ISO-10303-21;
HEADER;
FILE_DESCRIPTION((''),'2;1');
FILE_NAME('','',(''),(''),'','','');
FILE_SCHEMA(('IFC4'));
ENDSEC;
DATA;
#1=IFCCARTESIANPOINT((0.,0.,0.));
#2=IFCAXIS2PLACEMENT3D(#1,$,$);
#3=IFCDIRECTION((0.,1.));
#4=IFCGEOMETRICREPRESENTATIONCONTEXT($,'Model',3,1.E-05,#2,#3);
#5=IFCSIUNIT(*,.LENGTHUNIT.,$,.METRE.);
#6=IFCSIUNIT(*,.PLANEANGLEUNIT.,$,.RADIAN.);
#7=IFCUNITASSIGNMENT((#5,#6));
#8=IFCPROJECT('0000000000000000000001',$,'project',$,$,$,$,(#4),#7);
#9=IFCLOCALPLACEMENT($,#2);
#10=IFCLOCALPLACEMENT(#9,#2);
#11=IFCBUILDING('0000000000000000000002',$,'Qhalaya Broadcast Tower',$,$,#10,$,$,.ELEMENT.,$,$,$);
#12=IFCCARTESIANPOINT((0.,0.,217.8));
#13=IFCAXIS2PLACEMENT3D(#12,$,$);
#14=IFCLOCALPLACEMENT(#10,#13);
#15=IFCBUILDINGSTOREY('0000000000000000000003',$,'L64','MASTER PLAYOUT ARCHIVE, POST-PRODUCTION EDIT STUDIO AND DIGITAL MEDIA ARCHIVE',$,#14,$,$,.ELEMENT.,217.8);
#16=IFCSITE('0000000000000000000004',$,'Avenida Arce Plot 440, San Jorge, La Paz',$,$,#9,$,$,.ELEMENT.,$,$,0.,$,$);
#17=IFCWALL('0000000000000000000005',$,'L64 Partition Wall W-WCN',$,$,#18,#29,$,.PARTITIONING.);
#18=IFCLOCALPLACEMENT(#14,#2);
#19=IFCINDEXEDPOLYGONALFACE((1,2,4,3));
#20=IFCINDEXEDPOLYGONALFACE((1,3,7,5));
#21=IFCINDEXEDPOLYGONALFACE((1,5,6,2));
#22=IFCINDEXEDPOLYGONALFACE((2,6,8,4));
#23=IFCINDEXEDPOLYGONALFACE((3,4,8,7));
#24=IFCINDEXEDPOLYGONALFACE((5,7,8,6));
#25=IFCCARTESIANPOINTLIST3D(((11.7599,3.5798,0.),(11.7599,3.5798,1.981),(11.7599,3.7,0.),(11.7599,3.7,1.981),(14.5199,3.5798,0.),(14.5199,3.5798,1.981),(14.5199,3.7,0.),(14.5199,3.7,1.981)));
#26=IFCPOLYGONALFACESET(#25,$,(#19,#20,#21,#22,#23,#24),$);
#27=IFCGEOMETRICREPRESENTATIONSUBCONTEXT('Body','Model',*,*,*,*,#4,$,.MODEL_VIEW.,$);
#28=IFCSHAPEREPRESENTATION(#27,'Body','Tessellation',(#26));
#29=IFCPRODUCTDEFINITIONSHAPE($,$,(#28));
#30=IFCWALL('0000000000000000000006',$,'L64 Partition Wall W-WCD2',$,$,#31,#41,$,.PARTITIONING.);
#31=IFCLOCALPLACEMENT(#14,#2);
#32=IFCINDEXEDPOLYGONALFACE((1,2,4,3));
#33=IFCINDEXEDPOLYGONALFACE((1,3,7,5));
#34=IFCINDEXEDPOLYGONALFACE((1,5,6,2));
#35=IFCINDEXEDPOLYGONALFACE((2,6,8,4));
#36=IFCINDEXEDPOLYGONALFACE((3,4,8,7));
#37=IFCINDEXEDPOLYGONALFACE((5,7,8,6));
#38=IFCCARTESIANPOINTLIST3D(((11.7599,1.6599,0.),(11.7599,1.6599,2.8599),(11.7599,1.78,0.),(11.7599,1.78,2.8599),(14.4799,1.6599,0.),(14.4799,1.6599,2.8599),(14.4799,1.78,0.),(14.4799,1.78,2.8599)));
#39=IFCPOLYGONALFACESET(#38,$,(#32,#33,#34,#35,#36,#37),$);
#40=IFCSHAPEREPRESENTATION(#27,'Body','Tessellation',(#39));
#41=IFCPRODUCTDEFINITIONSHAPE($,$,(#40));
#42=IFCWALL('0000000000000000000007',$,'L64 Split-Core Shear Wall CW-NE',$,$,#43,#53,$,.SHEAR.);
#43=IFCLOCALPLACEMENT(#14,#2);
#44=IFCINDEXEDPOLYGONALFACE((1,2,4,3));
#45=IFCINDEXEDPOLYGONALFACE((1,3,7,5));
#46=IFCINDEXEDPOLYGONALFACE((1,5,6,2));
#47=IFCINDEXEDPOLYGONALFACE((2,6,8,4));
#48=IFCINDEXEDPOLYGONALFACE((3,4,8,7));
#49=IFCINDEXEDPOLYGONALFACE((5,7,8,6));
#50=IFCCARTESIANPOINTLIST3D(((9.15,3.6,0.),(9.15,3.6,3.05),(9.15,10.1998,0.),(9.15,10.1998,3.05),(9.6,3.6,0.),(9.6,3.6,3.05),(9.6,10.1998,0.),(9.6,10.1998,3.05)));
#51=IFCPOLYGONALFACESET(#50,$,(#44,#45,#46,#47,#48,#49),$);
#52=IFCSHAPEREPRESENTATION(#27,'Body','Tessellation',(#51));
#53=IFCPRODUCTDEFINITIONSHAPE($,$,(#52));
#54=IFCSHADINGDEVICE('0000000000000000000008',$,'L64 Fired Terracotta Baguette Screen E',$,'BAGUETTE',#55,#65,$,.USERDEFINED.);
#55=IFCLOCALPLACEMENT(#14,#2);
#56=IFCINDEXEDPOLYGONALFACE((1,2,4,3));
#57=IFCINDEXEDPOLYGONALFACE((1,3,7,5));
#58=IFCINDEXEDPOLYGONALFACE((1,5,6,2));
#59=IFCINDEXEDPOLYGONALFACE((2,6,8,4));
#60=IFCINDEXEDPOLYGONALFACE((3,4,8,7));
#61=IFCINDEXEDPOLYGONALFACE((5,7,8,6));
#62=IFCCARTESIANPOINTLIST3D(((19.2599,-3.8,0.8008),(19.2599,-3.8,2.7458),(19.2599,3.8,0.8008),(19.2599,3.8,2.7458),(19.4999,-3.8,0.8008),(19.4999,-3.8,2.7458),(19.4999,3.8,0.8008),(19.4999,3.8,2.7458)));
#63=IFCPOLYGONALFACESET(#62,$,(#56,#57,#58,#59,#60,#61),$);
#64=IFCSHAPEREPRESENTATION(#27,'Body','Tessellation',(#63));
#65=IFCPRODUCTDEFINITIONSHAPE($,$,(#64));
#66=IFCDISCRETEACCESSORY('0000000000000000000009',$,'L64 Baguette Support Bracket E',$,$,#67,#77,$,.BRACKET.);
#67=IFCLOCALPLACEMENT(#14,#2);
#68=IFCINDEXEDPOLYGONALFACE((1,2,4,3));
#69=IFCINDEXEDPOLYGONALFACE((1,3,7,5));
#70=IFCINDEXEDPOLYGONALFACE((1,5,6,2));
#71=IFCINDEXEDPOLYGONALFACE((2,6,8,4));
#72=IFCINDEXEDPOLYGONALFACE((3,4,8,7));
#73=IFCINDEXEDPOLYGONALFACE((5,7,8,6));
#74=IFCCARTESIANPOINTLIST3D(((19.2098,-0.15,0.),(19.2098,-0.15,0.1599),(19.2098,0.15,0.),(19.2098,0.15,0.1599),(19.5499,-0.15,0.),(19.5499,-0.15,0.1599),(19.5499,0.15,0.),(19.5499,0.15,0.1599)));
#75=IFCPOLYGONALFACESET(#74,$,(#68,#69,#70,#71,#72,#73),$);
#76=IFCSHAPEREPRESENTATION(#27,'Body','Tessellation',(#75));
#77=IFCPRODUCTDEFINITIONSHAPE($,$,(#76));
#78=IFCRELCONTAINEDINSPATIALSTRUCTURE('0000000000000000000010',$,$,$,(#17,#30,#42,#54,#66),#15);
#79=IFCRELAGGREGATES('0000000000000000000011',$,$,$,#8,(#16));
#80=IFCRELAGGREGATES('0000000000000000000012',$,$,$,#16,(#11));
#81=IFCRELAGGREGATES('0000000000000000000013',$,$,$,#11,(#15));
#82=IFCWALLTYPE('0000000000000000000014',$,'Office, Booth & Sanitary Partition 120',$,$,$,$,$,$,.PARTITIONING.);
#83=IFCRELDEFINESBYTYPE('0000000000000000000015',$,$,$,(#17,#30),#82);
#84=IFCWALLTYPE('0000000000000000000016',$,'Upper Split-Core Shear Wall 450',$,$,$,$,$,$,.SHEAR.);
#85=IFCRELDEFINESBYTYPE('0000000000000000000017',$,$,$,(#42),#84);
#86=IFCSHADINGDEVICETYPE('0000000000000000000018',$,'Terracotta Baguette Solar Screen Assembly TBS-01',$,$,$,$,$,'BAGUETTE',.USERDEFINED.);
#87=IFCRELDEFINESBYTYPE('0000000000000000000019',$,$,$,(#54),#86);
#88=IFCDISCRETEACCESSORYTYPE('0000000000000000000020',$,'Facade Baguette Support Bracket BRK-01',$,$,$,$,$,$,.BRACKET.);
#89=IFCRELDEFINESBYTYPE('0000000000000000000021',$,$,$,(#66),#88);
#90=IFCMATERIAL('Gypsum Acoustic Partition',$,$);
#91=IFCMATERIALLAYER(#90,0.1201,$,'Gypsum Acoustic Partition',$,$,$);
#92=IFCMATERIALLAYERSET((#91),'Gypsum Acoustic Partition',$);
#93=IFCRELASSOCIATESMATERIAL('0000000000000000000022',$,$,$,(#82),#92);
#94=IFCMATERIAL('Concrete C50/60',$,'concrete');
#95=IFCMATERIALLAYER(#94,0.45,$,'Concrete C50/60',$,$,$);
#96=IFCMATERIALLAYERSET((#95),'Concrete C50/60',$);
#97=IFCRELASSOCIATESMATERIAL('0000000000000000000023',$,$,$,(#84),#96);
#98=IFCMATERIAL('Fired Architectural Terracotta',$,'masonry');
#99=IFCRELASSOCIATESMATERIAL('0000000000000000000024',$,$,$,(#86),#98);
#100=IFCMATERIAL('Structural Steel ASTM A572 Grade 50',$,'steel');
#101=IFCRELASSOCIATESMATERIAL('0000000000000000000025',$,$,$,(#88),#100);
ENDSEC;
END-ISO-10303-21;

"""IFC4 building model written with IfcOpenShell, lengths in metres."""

from ifc_helpers import new_model, si_unit, direction, frame, frame_2d, origin, origin_2d, place, context, subcontext, project, spatial, rectangle, extrude, material, layer, layer_set, type_object, element, save


model = new_model("IFC4")

# Units and contexts
model_context = context("Model", 3, precision=1e-05, world=origin(), true_north=direction((0.0, 1.0)))
body_context = subcontext(model_context, "Body", "Model", "MODEL_VIEW")
ifc_project = project(units=[si_unit("LENGTHUNIT", "METRE"), si_unit("PLANEANGLEUNIT", "RADIAN")], contexts=[model_context])

# Site, building, storey
site_placement = place(None, origin())
site = spatial("IfcSite", under=ifc_project, at=site_placement, Name="Avenida Arce Plot 440, San Jorge, La Paz", CompositionType="ELEMENT", RefElevation=0.0)
building_placement = place(site_placement, origin())
building = spatial("IfcBuilding", under=site, at=building_placement, Name="Qhalaya Broadcast Tower", CompositionType="ELEMENT")
storey_placement = place(building_placement, frame((0.0, 0.0, 217.8)))
storey = spatial("IfcBuildingStorey", under=building, at=storey_placement, Name="L64", Description="MASTER PLAYOUT ARCHIVE, POST-PRODUCTION EDIT STUDIO AND DIGITAL MEDIA ARCHIVE", CompositionType="ELEMENT", Elevation=217.8)

# Shared definitions
ifc_material_1 = material(Name="Concrete C50/60", Category="concrete")
ifc_material_2 = material(Name="Structural Steel ASTM A572 Grade 50", Category="steel")

# Shared definitions
ifc_material_3 = material(Name="Gypsum Acoustic Partition")

# Shared definitions
ifc_layer_1 = layer(ifc_material_3, 0.1201, Name="Gypsum Acoustic Partition")
ifc_layer_set_1 = layer_set([ifc_layer_1], Name="Gypsum Acoustic Partition")
wall_type_1 = type_object("IfcWallType", Name="Office, Booth & Sanitary Partition 120", PredefinedType="PARTITIONING", material=ifc_layer_set_1)

# Walls
wall_1_placement = place(storey_placement, frame((11.76, 3.6399, 0.0), z_axis=(0.0, 0.0, 1.0), x_axis=(1.0, 0.0, 0.0)))
element("IfcWall", 1, at=wall_1_placement, inside=storey, type_object=wall_type_1, Name="L64 Partition Wall W-WCN", PredefinedType="PARTITIONING", context=body_context, shape_type="SweptSolid", body=[
    extrude(rectangle(XDim=2.76, YDim=0.1201, at=frame_2d((1.3799, 0.0))), origin(), (0.0, 0.0, 1.0), 1.981),
])
wall_2_placement = place(storey_placement, frame((11.76, 1.72, 0.0), z_axis=(0.0, 0.0, 1.0), x_axis=(1.0, 0.0, 0.0)))
element("IfcWall", 2, at=wall_2_placement, inside=storey, type_object=wall_type_1, Name="L64 Partition Wall W-WCD2", PredefinedType="PARTITIONING", context=body_context, shape_type="SweptSolid", body=[
    extrude(rectangle(XDim=2.72, YDim=0.1201, at=frame_2d((1.3599, 0.0))), origin(), (0.0, 0.0, 1.0), 2.8599),
])
ifc_layer_2 = layer(ifc_material_1, 0.45, Name="Concrete C50/60")
ifc_layer_set_2 = layer_set([ifc_layer_2], Name="Concrete C50/60")
wall_type_2 = type_object("IfcWallType", Name="Upper Split-Core Shear Wall 450", PredefinedType="SHEAR", material=ifc_layer_set_2)
wall_3_placement = place(storey_placement, frame((9.375, 3.6001, 0.0), z_axis=(0.0, 0.0, 1.0), x_axis=(0.0, 1.0, 0.0)))
element("IfcWall", 3, at=wall_3_placement, inside=storey, type_object=wall_type_2, Name="L64 Split-Core Shear Wall CW-NE", PredefinedType="SHEAR", context=body_context, shape_type="SweptSolid", body=[
    extrude(rectangle(XDim=6.5999, YDim=0.45, at=frame_2d((3.2998, 0.0))), origin(), (0.0, 0.0, 1.0), 3.05),
])

# Shading device
ifc_material_4 = material(Name="Fired Architectural Terracotta", Category="masonry")
shading_device_type = type_object("IfcShadingDeviceType", Name="Terracotta Baguette Solar Screen Assembly TBS-01", ElementType="BAGUETTE", PredefinedType="USERDEFINED", material=ifc_material_4)
shading_device_placement = place(storey_placement, frame((19.3799, 0.0, 0.8008), z_axis=(0.0, 0.0, 1.0), x_axis=(0.0, 1.0, 0.0)))
element("IfcShadingDevice", 4, at=shading_device_placement, inside=storey, type_object=shading_device_type, Name="L64 Fired Terracotta Baguette Screen E", ObjectType="BAGUETTE", PredefinedType="USERDEFINED", context=body_context, shape_type="SweptSolid", body=[
    extrude(rectangle(XDim=7.6001, YDim=0.24, at=origin_2d()), origin(), (0.0, 0.0, 1.0), 1.9451),
])

# Discrete accessory
discrete_accessory_type = type_object("IfcDiscreteAccessoryType", Name="Facade Baguette Support Bracket BRK-01", PredefinedType="BRACKET", material=ifc_material_2)
discrete_accessory_placement = place(storey_placement, frame((19.3799, 0.0, 0.0), z_axis=(0.0, 0.0, 1.0), x_axis=(0.0, 1.0, 0.0)))
element("IfcDiscreteAccessory", 5, at=discrete_accessory_placement, inside=storey, type_object=discrete_accessory_type, Name="L64 Baguette Support Bracket E", PredefinedType="BRACKET", context=body_context, shape_type="SweptSolid", body=[
    extrude(rectangle(XDim=0.3, YDim=0.3401, at=origin_2d()), origin(), (0.0, 0.0, 1.0), 0.1599),
])

save(model, "model.ifc")
